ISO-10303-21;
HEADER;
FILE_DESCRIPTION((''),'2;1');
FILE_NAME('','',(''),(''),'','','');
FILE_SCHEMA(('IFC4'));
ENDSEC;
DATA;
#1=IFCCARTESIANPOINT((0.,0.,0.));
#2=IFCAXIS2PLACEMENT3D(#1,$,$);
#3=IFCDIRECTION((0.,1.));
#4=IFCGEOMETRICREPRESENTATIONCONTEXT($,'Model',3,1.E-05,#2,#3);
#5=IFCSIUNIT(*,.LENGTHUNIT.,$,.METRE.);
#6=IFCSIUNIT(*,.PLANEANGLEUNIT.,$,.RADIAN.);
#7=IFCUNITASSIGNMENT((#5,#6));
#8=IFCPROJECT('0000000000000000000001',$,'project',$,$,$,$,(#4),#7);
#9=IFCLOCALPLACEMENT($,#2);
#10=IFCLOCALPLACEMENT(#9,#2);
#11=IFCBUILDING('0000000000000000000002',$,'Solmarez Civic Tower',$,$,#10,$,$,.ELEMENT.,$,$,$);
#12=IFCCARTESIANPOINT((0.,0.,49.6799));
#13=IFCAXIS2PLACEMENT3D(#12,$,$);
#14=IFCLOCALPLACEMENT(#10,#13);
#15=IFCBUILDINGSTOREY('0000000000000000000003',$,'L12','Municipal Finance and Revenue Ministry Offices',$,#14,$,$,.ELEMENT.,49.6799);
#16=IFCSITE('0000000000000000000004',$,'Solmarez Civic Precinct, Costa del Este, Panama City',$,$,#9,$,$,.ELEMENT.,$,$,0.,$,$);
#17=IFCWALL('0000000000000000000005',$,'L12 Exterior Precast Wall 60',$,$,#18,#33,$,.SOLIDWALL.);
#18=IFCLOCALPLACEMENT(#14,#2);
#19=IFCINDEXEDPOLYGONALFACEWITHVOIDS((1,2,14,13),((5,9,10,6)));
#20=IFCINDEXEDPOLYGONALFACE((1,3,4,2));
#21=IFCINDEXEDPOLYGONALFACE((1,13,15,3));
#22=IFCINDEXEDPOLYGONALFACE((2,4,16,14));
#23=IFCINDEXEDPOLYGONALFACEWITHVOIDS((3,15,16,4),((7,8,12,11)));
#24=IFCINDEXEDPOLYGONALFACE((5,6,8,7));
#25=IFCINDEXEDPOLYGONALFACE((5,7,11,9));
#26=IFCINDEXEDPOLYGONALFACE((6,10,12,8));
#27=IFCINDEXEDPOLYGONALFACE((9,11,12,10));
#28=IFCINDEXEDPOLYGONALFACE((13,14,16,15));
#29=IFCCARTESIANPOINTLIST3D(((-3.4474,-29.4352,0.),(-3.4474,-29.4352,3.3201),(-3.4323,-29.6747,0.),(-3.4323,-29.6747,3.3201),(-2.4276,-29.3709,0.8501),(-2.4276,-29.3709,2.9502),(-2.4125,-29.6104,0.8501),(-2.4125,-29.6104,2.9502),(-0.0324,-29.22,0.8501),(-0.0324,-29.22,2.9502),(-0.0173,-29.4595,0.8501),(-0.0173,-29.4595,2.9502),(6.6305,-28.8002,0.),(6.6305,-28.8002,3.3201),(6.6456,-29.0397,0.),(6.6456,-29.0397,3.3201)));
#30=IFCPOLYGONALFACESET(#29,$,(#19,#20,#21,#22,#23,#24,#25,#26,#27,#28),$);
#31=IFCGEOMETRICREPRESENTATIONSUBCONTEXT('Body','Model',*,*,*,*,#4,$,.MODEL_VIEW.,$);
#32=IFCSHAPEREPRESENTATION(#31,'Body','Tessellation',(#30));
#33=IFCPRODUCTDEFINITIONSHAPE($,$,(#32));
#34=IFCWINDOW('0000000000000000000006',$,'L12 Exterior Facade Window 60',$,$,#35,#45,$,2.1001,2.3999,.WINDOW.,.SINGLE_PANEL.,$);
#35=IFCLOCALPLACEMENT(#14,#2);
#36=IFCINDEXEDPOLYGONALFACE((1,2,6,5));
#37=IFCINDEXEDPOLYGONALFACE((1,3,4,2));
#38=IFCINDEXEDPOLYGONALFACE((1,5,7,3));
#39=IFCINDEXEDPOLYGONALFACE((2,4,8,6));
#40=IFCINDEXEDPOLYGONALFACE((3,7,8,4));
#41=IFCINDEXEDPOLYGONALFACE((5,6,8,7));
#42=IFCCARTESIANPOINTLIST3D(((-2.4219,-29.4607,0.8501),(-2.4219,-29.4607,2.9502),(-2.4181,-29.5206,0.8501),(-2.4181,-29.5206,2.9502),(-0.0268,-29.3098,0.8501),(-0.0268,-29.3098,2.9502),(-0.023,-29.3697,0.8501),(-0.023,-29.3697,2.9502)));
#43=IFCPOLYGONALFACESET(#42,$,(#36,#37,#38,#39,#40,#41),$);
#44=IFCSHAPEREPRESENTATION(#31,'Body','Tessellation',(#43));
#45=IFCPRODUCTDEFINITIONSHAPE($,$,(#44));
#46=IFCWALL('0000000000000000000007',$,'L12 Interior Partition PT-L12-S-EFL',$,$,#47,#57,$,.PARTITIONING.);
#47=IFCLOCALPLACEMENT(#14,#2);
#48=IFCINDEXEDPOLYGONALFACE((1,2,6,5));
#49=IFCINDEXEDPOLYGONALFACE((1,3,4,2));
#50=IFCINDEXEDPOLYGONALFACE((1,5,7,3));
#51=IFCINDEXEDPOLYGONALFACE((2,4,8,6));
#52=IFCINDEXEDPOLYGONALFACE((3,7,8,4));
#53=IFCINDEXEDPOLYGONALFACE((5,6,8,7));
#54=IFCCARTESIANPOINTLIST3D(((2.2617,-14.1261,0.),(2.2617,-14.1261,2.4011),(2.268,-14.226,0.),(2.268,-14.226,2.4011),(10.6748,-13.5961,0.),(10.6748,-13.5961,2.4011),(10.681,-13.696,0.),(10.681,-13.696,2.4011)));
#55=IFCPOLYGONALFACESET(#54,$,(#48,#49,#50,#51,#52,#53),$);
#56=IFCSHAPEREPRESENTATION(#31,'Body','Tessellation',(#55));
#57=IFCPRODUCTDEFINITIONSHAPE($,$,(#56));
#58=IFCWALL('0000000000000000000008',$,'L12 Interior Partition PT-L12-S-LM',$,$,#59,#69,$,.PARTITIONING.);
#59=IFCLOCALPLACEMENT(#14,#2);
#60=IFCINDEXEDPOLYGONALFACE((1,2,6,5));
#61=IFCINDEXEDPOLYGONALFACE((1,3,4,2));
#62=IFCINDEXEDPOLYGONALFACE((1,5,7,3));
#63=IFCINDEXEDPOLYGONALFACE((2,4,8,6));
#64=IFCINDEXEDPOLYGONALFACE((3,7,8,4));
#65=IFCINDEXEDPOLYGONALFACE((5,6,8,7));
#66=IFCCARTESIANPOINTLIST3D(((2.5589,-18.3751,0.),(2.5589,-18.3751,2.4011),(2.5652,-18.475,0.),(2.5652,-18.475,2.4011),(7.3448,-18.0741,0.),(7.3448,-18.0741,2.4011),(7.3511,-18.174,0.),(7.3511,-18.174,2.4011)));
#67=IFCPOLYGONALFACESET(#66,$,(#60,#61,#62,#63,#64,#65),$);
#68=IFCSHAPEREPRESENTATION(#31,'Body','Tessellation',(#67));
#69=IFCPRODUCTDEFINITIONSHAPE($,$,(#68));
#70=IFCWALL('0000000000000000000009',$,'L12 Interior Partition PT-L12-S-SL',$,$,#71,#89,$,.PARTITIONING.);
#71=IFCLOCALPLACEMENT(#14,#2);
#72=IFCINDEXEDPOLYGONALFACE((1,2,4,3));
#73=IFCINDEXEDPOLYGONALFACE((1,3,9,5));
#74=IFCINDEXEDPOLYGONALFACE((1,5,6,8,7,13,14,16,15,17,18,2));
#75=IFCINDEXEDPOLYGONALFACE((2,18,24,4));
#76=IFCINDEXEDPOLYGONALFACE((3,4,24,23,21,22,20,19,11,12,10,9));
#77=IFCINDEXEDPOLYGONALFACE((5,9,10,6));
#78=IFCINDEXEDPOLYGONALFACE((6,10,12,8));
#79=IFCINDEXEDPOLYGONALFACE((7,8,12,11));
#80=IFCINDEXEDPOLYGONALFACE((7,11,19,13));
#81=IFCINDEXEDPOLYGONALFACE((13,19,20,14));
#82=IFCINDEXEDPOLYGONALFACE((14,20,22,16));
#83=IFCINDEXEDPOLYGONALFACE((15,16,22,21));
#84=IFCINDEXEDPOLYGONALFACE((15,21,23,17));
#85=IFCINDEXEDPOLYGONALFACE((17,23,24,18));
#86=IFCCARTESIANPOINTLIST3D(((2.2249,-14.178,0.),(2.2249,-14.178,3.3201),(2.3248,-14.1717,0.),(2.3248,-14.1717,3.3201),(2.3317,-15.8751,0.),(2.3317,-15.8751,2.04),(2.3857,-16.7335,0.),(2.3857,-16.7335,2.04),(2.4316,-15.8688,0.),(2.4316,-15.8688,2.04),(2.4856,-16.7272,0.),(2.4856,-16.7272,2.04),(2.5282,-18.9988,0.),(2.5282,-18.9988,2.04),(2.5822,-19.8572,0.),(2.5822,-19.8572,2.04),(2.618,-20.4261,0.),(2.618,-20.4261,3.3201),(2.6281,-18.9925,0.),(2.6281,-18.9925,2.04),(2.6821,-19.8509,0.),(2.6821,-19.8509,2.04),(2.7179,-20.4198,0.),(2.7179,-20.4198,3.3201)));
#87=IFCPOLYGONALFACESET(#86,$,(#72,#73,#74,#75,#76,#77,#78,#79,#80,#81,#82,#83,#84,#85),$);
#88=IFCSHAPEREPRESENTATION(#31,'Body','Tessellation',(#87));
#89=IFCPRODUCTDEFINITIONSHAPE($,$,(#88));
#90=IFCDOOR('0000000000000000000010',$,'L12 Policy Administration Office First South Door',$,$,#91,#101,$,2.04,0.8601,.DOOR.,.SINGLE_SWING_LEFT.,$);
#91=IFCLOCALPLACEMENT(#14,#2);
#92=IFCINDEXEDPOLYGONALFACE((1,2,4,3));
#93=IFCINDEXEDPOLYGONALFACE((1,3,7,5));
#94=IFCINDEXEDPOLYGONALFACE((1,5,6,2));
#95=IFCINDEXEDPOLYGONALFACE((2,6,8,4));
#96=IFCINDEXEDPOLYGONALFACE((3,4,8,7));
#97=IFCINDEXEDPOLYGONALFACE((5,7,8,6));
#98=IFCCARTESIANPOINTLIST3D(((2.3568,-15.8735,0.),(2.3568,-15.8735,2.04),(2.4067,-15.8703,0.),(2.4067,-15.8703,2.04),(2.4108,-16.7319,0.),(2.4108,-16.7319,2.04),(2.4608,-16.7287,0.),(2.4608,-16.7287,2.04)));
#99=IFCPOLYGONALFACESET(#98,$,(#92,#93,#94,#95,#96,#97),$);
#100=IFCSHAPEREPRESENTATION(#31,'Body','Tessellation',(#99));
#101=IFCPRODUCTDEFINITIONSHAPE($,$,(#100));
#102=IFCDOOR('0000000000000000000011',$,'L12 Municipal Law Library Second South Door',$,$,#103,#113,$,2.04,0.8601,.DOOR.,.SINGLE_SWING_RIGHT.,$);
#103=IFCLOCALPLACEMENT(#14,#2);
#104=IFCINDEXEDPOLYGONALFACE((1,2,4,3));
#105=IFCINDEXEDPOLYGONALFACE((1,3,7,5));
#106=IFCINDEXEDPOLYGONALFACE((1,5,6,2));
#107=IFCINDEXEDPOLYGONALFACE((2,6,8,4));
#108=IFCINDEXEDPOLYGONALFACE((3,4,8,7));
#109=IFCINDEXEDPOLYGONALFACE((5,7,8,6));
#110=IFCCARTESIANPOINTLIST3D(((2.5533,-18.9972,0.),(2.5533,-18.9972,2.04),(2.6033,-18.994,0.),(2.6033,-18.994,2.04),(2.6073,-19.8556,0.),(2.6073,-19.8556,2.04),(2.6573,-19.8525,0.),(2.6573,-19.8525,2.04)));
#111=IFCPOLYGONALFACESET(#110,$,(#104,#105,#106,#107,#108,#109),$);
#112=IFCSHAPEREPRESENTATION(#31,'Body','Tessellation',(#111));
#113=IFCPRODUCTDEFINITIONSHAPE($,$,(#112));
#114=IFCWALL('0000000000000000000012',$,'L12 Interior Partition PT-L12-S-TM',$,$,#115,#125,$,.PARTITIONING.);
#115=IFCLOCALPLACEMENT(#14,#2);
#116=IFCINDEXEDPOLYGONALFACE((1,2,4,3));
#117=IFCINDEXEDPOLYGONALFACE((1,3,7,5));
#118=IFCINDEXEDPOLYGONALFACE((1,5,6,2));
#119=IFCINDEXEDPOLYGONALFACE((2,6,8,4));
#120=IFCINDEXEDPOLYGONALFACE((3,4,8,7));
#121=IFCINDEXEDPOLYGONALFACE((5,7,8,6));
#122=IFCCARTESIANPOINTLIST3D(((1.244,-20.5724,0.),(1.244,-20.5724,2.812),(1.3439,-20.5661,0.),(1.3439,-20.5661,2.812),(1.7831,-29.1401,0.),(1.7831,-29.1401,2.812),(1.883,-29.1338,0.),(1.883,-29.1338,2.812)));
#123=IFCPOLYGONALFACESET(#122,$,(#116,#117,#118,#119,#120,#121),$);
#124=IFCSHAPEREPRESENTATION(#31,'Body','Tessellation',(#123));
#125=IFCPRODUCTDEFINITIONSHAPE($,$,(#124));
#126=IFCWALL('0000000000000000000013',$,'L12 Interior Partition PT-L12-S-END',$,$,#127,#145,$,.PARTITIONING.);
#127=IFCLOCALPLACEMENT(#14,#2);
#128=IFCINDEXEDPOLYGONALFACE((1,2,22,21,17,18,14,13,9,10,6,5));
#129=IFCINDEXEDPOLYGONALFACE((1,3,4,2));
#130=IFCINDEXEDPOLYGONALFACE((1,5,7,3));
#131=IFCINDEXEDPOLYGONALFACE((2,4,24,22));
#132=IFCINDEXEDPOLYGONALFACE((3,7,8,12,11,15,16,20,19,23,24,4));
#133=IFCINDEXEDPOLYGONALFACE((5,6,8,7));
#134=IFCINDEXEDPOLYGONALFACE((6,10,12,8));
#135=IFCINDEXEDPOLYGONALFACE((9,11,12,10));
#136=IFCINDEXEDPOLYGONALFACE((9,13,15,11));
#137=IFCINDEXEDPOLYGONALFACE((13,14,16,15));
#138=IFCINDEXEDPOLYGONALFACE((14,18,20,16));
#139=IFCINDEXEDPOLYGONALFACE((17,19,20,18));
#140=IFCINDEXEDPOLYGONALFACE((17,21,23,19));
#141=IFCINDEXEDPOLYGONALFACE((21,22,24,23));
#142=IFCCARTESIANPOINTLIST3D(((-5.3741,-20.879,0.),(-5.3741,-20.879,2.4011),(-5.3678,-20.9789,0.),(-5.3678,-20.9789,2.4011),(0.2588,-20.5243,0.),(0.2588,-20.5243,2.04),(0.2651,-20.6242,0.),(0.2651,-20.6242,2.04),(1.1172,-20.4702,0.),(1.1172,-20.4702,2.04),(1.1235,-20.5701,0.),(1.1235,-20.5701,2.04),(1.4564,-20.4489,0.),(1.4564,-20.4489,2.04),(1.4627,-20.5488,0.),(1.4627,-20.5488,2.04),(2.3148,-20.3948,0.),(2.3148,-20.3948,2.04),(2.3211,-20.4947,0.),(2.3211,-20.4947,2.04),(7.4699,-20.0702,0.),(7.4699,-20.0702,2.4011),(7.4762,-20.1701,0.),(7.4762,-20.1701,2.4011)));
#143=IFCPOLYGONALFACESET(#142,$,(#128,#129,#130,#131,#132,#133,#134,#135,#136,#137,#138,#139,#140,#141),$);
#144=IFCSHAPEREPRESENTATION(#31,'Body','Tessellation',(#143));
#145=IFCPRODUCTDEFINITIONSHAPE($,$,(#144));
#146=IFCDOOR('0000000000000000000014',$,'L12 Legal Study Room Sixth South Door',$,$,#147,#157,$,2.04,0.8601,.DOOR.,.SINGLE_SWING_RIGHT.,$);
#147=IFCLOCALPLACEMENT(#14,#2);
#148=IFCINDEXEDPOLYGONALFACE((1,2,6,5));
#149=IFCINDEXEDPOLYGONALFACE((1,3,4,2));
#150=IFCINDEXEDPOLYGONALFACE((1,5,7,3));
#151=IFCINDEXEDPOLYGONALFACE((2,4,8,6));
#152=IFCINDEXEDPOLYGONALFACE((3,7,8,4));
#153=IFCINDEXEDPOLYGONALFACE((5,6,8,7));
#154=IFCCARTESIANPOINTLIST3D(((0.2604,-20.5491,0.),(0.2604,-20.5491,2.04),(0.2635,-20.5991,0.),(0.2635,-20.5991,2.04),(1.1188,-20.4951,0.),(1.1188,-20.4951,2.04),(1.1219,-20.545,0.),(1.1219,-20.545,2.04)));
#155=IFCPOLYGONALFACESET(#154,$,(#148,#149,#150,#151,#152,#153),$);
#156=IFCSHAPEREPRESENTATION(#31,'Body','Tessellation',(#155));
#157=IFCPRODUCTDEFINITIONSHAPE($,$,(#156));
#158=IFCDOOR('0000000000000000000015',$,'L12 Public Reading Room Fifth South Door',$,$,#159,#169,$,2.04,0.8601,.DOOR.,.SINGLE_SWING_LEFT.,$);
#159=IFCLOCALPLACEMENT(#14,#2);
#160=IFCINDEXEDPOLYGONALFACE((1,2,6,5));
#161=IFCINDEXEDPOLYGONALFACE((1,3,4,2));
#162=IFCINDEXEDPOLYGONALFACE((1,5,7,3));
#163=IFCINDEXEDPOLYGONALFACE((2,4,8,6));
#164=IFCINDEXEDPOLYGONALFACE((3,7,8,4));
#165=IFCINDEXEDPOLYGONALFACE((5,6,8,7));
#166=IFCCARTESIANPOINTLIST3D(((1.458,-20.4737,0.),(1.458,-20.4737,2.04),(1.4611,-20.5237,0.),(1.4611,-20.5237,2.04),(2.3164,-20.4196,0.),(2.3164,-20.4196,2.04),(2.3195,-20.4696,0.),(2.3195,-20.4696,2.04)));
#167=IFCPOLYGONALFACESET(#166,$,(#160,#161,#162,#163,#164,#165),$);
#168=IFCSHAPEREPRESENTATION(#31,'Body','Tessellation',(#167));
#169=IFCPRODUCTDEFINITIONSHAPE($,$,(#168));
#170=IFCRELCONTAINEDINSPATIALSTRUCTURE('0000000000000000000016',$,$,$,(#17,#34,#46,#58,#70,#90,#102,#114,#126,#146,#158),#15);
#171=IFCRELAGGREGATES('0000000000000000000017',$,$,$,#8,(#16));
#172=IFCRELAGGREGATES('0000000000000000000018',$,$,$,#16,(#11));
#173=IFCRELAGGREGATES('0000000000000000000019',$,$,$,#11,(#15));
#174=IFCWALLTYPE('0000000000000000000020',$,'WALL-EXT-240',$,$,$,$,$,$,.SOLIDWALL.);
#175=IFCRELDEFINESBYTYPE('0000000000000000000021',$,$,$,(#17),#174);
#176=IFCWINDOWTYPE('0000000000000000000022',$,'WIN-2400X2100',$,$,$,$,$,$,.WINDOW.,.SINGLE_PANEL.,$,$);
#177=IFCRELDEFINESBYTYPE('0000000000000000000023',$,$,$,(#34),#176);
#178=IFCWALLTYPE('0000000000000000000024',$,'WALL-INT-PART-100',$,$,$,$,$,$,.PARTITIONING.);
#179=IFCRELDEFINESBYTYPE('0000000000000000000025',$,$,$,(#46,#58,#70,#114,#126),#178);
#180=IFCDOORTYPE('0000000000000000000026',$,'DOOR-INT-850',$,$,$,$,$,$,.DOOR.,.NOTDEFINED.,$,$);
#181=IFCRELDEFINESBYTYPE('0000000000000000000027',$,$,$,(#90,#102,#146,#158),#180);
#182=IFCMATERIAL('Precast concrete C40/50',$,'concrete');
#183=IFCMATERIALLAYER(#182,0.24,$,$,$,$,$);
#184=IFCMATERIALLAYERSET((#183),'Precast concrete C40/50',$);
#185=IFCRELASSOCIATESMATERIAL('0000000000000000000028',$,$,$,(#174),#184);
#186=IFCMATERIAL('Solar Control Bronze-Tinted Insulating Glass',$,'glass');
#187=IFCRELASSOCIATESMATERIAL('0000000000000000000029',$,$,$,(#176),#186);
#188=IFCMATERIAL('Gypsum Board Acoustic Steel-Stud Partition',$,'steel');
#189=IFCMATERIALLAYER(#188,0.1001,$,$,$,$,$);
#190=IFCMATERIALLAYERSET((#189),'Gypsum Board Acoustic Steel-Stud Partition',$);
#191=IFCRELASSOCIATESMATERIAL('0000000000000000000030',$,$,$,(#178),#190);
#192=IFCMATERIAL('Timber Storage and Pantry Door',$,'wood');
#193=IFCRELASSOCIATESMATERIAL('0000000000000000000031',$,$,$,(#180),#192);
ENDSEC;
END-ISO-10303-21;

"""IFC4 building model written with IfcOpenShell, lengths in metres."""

from ifc_helpers import new_model, si_unit, direction, frame, frame_2d, origin, place, context, subcontext, project, spatial, rectangle, extrude, material, layer, layer_set, type_object, element, fill, save


model = new_model("IFC4")

# Units and contexts
model_context = context("Model", 3, precision=1e-05, world=origin(), true_north=direction((0.0, 1.0)))
body_context = subcontext(model_context, "Body", "Model", "MODEL_VIEW")
ifc_project = project(units=[si_unit("LENGTHUNIT", "METRE"), si_unit("PLANEANGLEUNIT", "RADIAN")], contexts=[model_context])

# Site, building, storey
site_placement = place(None, origin())
site = spatial("IfcSite", under=ifc_project, at=site_placement, Name="Solmarez Civic Precinct, Costa del Este, Panama City", CompositionType="ELEMENT", RefElevation=0.0)
building_placement = place(site_placement, origin())
building = spatial("IfcBuilding", under=site, at=building_placement, Name="Solmarez Civic Tower", CompositionType="ELEMENT")
storey_placement = place(building_placement, frame((0.0, 0.0, 49.6799)))
storey = spatial("IfcBuildingStorey", under=building, at=storey_placement, Name="L12", Description="Municipal Finance and Revenue Ministry Offices", CompositionType="ELEMENT", Elevation=49.6799)

# Shared definitions
ifc_material_1 = material(Name="Precast concrete C40/50", Category="concrete")
ifc_layer_1 = layer(ifc_material_1, 0.24)
ifc_layer_set_1 = layer_set([ifc_layer_1], Name="Precast concrete C40/50")
wall_type_1 = type_object("IfcWallType", Name="WALL-EXT-240", PredefinedType="SOLIDWALL", material=ifc_layer_set_1)
ifc_material_2 = material(Name="Solar Control Bronze-Tinted Insulating Glass", Category="glass")

# Wall, opening, window
wall_1_placement = place(storey_placement, frame((6.6379, -28.9199, 0.0), z_axis=(0.0, 0.0, 1.0), x_axis=(-0.998021, -0.062886, 0.0)))
wall_1 = element("IfcWall", 1, at=wall_1_placement, inside=storey, type_object=wall_type_1, Name="L12 Exterior Precast Wall 60", PredefinedType="SOLIDWALL", context=body_context, shape_type="SweptSolid", body=[
    extrude(rectangle(XDim=10.0979, YDim=0.24, at=frame_2d((5.0488, 0.0))), origin(), (0.0, 0.0, 1.0), 3.3201),
])
opening_1_placement = place(wall_1_placement, frame((6.676, 0.0, 0.8501)))
opening_1 = element("IfcOpeningElement", 2, at=opening_1_placement, cuts=wall_1, PredefinedType="OPENING", context=body_context, shape_type="SweptSolid", body=[
    extrude(rectangle(XDim=2.3999, YDim=2.1001, at=frame_2d((1.2, 1.05))), frame((0.0, 0.1299, 0.0), z_axis=(0.0, -1.0, 0.0), x_axis=(1.0, 0.0, 0.0)), (0.0, 0.0, 1.0), 0.26),
])
window_type_1 = type_object("IfcWindowType", Name="WIN-2400X2100", PartitioningType="SINGLE_PANEL", PredefinedType="WINDOW", material=ifc_material_2)
window_1_placement = place(opening_1_placement, origin())
window_1 = element("IfcWindow", 3, at=window_1_placement, inside=storey, type_object=window_type_1, Name="L12 Exterior Facade Window 60", OverallHeight=2.1001, OverallWidth=2.3999, PartitioningType="SINGLE_PANEL", PredefinedType="WINDOW", context=body_context, shape_type="SweptSolid", body=[
    extrude(rectangle(XDim=2.3999, YDim=2.1001, at=frame_2d((1.2, 1.05))), frame((0.0, 0.03, 0.0), z_axis=(0.0, -1.0, 0.0), x_axis=(1.0, 0.0, 0.0)), (0.0, 0.0, 1.0), 0.0601),
])
fill(opening_1, window_1)

# Walls
ifc_material_3 = material(Name="Gypsum Board Acoustic Steel-Stud Partition", Category="steel")
ifc_layer_2 = layer(ifc_material_3, 0.1001)
ifc_layer_set_2 = layer_set([ifc_layer_2], Name="Gypsum Board Acoustic Steel-Stud Partition")
wall_type_2 = type_object("IfcWallType", Name="WALL-INT-PART-100", PredefinedType="PARTITIONING", material=ifc_layer_set_2)
wall_2_placement = place(storey_placement, frame((2.2649, -14.176, 0.0), z_axis=(0.0, 0.0, 1.0), x_axis=(0.998021, 0.062876, 0.0)))
element("IfcWall", 4, at=wall_2_placement, inside=storey, type_object=wall_type_2, Name="L12 Interior Partition PT-L12-S-EFL", PredefinedType="PARTITIONING", context=body_context, shape_type="SweptSolid", body=[
    extrude(rectangle(XDim=8.4297, YDim=0.1001, at=frame_2d((4.2148, 0.0))), origin(), (0.0, 0.0, 1.0), 2.4011),
])
wall_3_placement = place(storey_placement, frame((2.562, -18.425, 0.0), z_axis=(0.0, 0.0, 1.0), x_axis=(0.998028, 0.062774, 0.0)))
element("IfcWall", 5, at=wall_3_placement, inside=storey, type_object=wall_type_2, Name="L12 Interior Partition PT-L12-S-LM", PredefinedType="PARTITIONING", context=body_context, shape_type="SweptSolid", body=[
    extrude(rectangle(XDim=4.7954, YDim=0.1001, at=frame_2d((2.3977, 0.0))), origin(), (0.0, 0.0, 1.0), 2.4011),
])

# Wall, openings, doors
wall_4_placement = place(storey_placement, frame((2.668, -20.4231, 0.0), z_axis=(0.0, 0.0, 1.0), x_axis=(-0.062786, 0.998027, 0.0)))
wall_4 = element("IfcWall", 6, at=wall_4_placement, inside=storey, type_object=wall_type_2, Name="L12 Interior Partition PT-L12-S-SL", PredefinedType="PARTITIONING", context=body_context, shape_type="SweptSolid", body=[
    extrude(rectangle(XDim=6.2605, YDim=0.1001, at=frame_2d((3.1304, 0.0))), origin(), (0.0, 0.0, 1.0), 3.3201),
])
opening_2_placement = place(wall_4_placement, frame((3.7, 0.0, 0.0)))
opening_2 = element("IfcOpeningElement", 7, at=opening_2_placement, cuts=wall_4, PredefinedType="OPENING", context=body_context, shape_type="SweptSolid", body=[
    extrude(rectangle(XDim=0.8601, YDim=2.04, at=frame_2d((0.4302, 1.02))), frame((0.0, 0.0601, 0.0), z_axis=(0.0, -1.0, 0.0), x_axis=(1.0, 0.0, 0.0)), (0.0, 0.0, 1.0), 0.1201),
])
opening_3_placement = place(wall_4_placement, frame((0.5701, 0.0, 0.0)))
opening_3 = element("IfcOpeningElement", 8, at=opening_3_placement, cuts=wall_4, PredefinedType="OPENING", context=body_context, shape_type="SweptSolid", body=[
    extrude(rectangle(XDim=0.8601, YDim=2.04, at=frame_2d((0.4302, 1.02))), frame((0.0, 0.0601, 0.0), z_axis=(0.0, -1.0, 0.0), x_axis=(1.0, 0.0, 0.0)), (0.0, 0.0, 1.0), 0.1201),
])
ifc_material_4 = material(Name="Timber Storage and Pantry Door", Category="wood")
door_type = type_object("IfcDoorType", Name="DOOR-INT-850", OperationType="NOTDEFINED", PredefinedType="DOOR", material=ifc_material_4)
door_1_placement = place(opening_2_placement, origin())
door_1 = element("IfcDoor", 9, at=door_1_placement, inside=storey, type_object=door_type, Name="L12 Policy Administration Office First South Door", OperationType="SINGLE_SWING_LEFT", OverallHeight=2.04, OverallWidth=0.8601, PredefinedType="DOOR", context=body_context, shape_type="SweptSolid", body=[
    extrude(rectangle(XDim=0.8601, YDim=2.04, at=frame_2d((0.4302, 1.02))), frame((0.0, 0.0249, 0.0), z_axis=(0.0, -1.0, 0.0), x_axis=(1.0, 0.0, 0.0)), (0.0, 0.0, 1.0), 0.05),
])
fill(opening_2, door_1)
door_2_placement = place(opening_3_placement, origin())
door_2 = element("IfcDoor", 10, at=door_2_placement, inside=storey, type_object=door_type, Name="L12 Municipal Law Library Second South Door", OperationType="SINGLE_SWING_RIGHT", OverallHeight=2.04, OverallWidth=0.8601, PredefinedType="DOOR", context=body_context, shape_type="SweptSolid", body=[
    extrude(rectangle(XDim=0.8601, YDim=2.04, at=frame_2d((0.4302, 1.02))), frame((0.0, 0.0249, 0.0), z_axis=(0.0, -1.0, 0.0), x_axis=(1.0, 0.0, 0.0)), (0.0, 0.0, 1.0), 0.05),
])
fill(opening_3, door_2)

# Wall
wall_5_placement = place(storey_placement, frame((1.2939, -20.5691, 0.0), z_axis=(0.0, 0.0, 1.0), x_axis=(0.062793, -0.998027, 0.0)))
element("IfcWall", 11, at=wall_5_placement, inside=storey, type_object=wall_type_2, Name="L12 Interior Partition PT-L12-S-TM", PredefinedType="PARTITIONING", context=body_context, shape_type="SweptSolid", body=[
    extrude(rectangle(XDim=8.5847, YDim=0.1001, at=frame_2d((4.2925, 0.0))), origin(), (0.0, 0.0, 1.0), 2.812),
])

# Wall, openings, doors
wall_6_placement = place(storey_placement, frame((7.4729, -20.1201, 0.0), z_axis=(0.0, 0.0, 1.0), x_axis=(-0.998023, -0.06285, 0.0)))
wall_6 = element("IfcWall", 12, at=wall_6_placement, inside=storey, type_object=wall_type_2, Name="L12 Interior Partition PT-L12-S-END", PredefinedType="PARTITIONING", context=body_context, shape_type="SweptSolid", body=[
    extrude(rectangle(XDim=12.8694, YDim=0.1001, at=frame_2d((6.4346, 0.0))), origin(), (0.0, 0.0, 1.0), 2.4011),
])
opening_4_placement = place(wall_6_placement, frame((6.365, 0.0, 0.0)))
opening_4 = element("IfcOpeningElement", 13, at=opening_4_placement, cuts=wall_6, PredefinedType="OPENING", context=body_context, shape_type="SweptSolid", body=[
    extrude(rectangle(XDim=0.8601, YDim=2.04, at=frame_2d((0.4302, 1.02))), frame((0.0, 0.0601, 0.0), z_axis=(0.0, -1.0, 0.0), x_axis=(1.0, 0.0, 0.0)), (0.0, 0.0, 1.0), 0.1201),
])
opening_5_placement = place(wall_6_placement, frame((5.165, 0.0, 0.0)))
opening_5 = element("IfcOpeningElement", 14, at=opening_5_placement, cuts=wall_6, PredefinedType="OPENING", context=body_context, shape_type="SweptSolid", body=[
    extrude(rectangle(XDim=0.8601, YDim=2.04, at=frame_2d((0.4302, 1.02))), frame((0.0, 0.0601, 0.0), z_axis=(0.0, -1.0, 0.0), x_axis=(1.0, 0.0, 0.0)), (0.0, 0.0, 1.0), 0.1201),
])
door_3_placement = place(opening_4_placement, origin())
door_3 = element("IfcDoor", 15, at=door_3_placement, inside=storey, type_object=door_type, Name="L12 Legal Study Room Sixth South Door", OperationType="SINGLE_SWING_RIGHT", OverallHeight=2.04, OverallWidth=0.8601, PredefinedType="DOOR", context=body_context, shape_type="SweptSolid", body=[
    extrude(rectangle(XDim=0.8601, YDim=2.04, at=frame_2d((0.4302, 1.02))), frame((0.0, 0.0249, 0.0), z_axis=(0.0, -1.0, 0.0), x_axis=(1.0, 0.0, 0.0)), (0.0, 0.0, 1.0), 0.05),
])
fill(opening_4, door_3)
door_4_placement = place(opening_5_placement, origin())
door_4 = element("IfcDoor", 16, at=door_4_placement, inside=storey, type_object=door_type, Name="L12 Public Reading Room Fifth South Door", OperationType="SINGLE_SWING_LEFT", OverallHeight=2.04, OverallWidth=0.8601, PredefinedType="DOOR", context=body_context, shape_type="SweptSolid", body=[
    extrude(rectangle(XDim=0.8601, YDim=2.04, at=frame_2d((0.4302, 1.02))), frame((0.0, 0.0249, 0.0), z_axis=(0.0, -1.0, 0.0), x_axis=(1.0, 0.0, 0.0)), (0.0, 0.0, 1.0), 0.05),
])
fill(opening_5, door_4)

save(model, "model.ifc")
